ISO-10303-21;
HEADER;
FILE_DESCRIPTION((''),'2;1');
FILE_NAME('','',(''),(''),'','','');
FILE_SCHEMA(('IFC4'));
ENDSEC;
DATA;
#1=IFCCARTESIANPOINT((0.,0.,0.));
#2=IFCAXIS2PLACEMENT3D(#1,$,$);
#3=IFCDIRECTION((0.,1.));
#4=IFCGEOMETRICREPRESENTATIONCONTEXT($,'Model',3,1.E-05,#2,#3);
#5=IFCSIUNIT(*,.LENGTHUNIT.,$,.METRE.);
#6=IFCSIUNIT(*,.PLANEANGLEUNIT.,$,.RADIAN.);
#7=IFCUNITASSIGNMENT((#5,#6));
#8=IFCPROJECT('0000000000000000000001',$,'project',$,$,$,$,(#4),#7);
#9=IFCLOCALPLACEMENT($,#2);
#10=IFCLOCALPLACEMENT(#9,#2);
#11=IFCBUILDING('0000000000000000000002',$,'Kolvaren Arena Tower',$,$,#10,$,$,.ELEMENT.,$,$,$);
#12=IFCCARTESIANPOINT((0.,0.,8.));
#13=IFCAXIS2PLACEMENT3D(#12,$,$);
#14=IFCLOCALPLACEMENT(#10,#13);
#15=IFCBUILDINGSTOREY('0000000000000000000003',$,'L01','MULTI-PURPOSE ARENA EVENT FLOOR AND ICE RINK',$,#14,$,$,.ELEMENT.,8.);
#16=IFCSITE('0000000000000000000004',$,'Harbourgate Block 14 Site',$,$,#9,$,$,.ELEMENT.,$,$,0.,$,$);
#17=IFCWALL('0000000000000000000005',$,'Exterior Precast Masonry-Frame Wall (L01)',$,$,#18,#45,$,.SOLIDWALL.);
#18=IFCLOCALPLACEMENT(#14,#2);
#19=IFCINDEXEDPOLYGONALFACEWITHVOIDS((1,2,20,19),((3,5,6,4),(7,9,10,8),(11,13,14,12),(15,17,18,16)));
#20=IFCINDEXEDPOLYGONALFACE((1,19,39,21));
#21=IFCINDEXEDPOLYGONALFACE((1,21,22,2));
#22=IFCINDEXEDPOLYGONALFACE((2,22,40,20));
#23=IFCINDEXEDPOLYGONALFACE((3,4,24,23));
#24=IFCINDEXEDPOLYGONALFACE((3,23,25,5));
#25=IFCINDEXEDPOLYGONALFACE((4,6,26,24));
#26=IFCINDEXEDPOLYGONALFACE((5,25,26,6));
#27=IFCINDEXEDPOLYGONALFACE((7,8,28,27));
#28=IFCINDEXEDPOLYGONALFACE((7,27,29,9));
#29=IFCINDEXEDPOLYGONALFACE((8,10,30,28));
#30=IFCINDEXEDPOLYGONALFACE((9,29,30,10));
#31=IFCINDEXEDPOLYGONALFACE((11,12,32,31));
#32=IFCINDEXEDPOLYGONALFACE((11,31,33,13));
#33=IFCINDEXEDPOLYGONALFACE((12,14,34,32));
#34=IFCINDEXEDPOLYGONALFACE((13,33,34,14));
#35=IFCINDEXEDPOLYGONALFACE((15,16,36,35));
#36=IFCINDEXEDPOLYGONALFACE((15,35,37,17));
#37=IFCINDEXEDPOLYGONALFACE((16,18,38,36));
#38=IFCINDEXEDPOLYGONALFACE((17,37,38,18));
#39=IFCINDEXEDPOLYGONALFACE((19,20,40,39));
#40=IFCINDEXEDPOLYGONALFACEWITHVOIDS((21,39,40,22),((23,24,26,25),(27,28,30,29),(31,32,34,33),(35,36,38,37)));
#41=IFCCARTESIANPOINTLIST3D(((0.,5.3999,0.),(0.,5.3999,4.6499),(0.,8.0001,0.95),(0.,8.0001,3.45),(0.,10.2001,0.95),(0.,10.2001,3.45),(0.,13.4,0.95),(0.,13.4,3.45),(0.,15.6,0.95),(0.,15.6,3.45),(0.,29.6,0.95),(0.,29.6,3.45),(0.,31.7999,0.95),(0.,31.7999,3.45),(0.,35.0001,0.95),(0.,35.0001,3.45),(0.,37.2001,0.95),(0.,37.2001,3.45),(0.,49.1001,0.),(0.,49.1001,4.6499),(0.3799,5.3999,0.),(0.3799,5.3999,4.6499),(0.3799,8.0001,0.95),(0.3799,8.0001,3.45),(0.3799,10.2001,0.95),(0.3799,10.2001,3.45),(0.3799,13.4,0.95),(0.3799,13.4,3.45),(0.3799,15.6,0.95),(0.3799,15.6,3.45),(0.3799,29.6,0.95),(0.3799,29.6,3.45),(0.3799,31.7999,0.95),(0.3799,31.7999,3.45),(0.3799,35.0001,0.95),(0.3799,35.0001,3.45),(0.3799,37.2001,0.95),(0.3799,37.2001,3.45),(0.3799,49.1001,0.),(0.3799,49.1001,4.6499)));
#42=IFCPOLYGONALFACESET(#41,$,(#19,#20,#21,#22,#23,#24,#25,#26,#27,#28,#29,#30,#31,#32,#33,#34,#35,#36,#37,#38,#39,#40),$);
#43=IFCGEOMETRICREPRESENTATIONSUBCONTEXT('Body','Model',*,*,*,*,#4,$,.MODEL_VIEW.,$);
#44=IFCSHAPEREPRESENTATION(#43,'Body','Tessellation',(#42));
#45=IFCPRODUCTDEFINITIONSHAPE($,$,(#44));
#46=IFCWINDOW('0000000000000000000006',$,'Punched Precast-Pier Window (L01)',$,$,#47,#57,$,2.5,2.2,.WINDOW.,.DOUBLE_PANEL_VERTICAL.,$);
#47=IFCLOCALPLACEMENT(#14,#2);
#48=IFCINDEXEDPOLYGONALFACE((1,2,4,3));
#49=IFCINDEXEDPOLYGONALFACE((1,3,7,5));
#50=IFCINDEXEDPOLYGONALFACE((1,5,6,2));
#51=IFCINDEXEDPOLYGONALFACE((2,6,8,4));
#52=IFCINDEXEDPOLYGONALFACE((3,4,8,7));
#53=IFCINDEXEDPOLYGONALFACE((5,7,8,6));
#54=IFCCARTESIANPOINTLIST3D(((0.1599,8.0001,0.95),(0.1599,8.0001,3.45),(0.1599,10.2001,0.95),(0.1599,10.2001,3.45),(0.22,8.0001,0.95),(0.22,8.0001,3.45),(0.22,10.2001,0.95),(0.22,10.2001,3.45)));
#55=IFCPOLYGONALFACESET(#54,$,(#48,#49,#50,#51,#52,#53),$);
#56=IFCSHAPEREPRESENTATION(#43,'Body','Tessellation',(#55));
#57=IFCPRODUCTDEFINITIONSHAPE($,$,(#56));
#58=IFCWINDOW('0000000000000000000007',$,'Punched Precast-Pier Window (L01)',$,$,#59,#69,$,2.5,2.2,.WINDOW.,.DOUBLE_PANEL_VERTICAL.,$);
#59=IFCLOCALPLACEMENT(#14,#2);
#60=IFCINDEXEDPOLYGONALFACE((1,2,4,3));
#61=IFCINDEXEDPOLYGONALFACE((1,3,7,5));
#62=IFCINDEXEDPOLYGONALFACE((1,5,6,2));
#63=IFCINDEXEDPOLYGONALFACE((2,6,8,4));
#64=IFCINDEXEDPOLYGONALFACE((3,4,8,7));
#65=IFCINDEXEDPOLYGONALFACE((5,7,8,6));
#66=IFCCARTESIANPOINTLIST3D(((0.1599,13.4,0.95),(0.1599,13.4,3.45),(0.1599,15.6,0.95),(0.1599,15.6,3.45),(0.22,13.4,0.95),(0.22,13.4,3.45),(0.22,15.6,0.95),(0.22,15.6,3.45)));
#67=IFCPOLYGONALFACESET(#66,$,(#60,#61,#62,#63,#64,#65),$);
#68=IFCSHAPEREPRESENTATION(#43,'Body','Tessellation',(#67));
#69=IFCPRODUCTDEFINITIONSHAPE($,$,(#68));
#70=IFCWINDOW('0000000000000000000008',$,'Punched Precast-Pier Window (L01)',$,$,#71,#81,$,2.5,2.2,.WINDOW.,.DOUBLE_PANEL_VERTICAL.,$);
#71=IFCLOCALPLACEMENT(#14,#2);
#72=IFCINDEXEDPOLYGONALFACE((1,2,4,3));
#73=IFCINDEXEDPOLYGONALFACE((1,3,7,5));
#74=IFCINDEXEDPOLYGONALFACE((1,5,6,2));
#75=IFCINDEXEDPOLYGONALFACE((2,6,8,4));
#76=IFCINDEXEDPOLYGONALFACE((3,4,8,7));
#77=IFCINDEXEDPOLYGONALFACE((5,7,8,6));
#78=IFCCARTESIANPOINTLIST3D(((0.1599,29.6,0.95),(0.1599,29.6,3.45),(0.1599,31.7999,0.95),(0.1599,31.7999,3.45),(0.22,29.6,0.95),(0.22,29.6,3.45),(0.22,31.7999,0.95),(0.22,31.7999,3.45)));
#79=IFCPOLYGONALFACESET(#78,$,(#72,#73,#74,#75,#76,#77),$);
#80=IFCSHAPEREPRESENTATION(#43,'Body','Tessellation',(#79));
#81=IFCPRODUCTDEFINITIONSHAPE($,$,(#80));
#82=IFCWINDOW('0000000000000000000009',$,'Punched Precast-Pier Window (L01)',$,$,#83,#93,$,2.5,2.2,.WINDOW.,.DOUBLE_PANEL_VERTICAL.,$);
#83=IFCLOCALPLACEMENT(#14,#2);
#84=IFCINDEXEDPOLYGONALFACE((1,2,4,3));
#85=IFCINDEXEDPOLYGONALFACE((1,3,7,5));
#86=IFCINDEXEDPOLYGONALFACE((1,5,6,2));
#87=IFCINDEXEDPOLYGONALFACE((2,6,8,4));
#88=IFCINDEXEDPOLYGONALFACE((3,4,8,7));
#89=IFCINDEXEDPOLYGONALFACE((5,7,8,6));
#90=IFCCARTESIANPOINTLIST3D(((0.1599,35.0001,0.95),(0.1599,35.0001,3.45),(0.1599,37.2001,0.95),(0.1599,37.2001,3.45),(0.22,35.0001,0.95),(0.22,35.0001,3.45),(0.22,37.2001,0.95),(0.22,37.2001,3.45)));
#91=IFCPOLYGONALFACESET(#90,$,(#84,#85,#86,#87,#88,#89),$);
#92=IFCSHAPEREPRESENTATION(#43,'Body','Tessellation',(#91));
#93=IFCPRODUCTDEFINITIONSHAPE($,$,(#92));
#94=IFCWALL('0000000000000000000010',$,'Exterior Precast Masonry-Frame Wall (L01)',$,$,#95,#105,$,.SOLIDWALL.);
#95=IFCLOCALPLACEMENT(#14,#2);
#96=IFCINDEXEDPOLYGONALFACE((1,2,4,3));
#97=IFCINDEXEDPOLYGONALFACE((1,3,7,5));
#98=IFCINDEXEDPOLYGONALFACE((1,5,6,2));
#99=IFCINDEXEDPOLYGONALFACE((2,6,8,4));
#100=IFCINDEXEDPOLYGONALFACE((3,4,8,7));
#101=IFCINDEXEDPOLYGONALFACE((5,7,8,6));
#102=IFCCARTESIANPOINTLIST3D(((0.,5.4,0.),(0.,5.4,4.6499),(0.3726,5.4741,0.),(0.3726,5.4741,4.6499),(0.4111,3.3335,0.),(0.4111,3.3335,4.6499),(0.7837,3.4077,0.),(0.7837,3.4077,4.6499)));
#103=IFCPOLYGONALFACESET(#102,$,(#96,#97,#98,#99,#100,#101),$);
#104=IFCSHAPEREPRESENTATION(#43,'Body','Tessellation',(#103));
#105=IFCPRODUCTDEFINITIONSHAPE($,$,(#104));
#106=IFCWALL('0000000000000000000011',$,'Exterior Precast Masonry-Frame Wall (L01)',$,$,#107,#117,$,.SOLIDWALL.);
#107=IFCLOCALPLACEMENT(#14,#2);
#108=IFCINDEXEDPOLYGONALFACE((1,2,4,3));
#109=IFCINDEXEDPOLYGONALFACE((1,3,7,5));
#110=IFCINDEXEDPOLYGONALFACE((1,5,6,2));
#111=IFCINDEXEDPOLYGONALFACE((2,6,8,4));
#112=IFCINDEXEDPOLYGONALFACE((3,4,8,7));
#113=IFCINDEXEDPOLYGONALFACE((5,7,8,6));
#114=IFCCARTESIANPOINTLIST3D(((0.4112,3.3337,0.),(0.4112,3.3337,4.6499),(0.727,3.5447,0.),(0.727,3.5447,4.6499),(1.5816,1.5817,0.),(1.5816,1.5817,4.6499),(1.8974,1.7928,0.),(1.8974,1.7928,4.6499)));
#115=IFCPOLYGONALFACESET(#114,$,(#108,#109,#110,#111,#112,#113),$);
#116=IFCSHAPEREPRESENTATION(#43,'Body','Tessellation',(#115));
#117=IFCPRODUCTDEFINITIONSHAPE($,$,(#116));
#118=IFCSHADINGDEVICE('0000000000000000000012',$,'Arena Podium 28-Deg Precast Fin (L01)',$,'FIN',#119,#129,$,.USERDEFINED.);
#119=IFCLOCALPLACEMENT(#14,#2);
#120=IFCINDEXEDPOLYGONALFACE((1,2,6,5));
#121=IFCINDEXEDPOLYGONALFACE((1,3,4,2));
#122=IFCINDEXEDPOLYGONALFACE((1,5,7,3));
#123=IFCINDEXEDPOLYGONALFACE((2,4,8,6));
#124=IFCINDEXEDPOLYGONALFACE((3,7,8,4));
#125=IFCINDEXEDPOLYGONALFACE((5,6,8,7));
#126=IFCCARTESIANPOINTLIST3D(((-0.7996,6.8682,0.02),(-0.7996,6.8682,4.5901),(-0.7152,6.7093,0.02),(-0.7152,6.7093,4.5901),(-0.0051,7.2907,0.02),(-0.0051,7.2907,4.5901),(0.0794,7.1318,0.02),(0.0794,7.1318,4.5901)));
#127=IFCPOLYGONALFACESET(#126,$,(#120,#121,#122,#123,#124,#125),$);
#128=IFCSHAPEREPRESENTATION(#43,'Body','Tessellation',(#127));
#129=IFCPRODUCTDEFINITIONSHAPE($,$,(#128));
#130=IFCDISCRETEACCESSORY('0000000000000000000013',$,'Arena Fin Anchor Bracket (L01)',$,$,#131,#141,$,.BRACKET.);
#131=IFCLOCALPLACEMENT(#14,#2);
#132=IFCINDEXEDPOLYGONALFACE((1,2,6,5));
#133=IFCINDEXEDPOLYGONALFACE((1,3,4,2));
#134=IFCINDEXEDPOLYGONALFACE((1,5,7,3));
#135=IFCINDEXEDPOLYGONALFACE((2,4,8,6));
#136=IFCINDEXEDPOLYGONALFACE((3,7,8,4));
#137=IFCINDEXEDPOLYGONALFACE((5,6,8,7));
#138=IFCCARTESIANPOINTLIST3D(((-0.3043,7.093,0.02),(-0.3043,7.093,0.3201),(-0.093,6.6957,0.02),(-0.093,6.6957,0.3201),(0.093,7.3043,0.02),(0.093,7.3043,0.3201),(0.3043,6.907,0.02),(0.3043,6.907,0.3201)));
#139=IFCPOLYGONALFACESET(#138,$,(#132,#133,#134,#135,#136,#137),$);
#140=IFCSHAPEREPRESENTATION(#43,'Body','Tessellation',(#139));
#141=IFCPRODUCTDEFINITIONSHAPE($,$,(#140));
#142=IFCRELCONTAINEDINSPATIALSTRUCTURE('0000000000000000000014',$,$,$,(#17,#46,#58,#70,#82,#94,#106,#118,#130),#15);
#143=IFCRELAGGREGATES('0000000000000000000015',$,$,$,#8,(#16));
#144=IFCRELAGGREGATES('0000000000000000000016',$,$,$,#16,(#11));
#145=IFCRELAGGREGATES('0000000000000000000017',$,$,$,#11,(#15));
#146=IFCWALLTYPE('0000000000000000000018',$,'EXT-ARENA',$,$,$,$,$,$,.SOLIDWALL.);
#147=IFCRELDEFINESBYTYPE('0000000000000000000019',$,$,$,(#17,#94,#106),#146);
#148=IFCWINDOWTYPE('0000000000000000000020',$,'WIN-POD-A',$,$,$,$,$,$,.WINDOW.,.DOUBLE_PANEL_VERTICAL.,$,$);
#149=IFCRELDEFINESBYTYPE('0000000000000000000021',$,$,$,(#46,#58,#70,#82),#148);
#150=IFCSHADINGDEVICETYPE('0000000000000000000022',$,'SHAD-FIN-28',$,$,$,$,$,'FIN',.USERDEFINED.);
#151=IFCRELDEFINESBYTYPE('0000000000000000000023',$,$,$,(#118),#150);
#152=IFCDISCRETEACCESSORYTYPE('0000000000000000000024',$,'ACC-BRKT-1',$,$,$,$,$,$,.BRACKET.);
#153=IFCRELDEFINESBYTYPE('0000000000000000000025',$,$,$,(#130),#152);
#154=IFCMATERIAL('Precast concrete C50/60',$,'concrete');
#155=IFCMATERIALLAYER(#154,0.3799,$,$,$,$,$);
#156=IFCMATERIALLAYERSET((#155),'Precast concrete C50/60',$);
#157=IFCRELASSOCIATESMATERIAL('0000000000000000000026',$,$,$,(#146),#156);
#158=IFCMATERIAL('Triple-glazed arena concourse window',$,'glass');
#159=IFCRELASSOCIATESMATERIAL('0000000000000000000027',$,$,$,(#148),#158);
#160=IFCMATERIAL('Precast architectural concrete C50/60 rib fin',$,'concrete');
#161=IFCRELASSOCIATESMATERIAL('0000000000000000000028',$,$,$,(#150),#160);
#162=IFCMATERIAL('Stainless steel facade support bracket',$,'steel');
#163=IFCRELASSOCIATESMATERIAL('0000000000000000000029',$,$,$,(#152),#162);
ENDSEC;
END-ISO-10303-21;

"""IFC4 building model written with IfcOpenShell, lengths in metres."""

from ifc_helpers import new_model, si_unit, direction, frame, frame_2d, origin, origin_2d, place, context, subcontext, project, spatial, rectangle, extrude, material, layer, layer_set, type_object, element, fill, save


model = new_model("IFC4")

# Units and contexts
model_context = context("Model", 3, precision=1e-05, world=origin(), true_north=direction((0.0, 1.0)))
body_context = subcontext(model_context, "Body", "Model", "MODEL_VIEW")
ifc_project = project(units=[si_unit("LENGTHUNIT", "METRE"), si_unit("PLANEANGLEUNIT", "RADIAN")], contexts=[model_context])

# Site, building, storey
site_placement = place(None, origin())
site = spatial("IfcSite", under=ifc_project, at=site_placement, Name="Harbourgate Block 14 Site", CompositionType="ELEMENT", RefElevation=0.0)
building_placement = place(site_placement, origin())
building = spatial("IfcBuilding", under=site, at=building_placement, Name="Kolvaren Arena Tower", CompositionType="ELEMENT")
storey_placement = place(building_placement, frame((0.0, 0.0, 8.0)))
storey = spatial("IfcBuildingStorey", under=building, at=storey_placement, Name="L01", Description="MULTI-PURPOSE ARENA EVENT FLOOR AND ICE RINK", CompositionType="ELEMENT", Elevation=8.0)

# Wall, openings, windows
ifc_material_1 = material(Name="Precast concrete C50/60", Category="concrete")
ifc_layer_1 = layer(ifc_material_1, 0.3799)
ifc_layer_set_1 = layer_set([ifc_layer_1], Name="Precast concrete C50/60")
wall_type_1 = type_object("IfcWallType", Name="EXT-ARENA", PredefinedType="SOLIDWALL", material=ifc_layer_set_1)
wall_1_placement = place(storey_placement, frame((0.1899, 5.3999, 0.0), z_axis=(0.0, 0.0, 1.0), x_axis=(0.0, 1.0, 0.0)))
wall_1 = element("IfcWall", 1, at=wall_1_placement, inside=storey, type_object=wall_type_1, Name="Exterior Precast Masonry-Frame Wall (L01)", PredefinedType="SOLIDWALL", context=body_context, shape_type="SweptSolid", body=[
    extrude(rectangle(XDim=43.7002, YDim=0.3799, at=frame_2d((21.8501, 0.0))), origin(), (0.0, 0.0, 1.0), 4.6499),
])
opening_1_placement = place(wall_1_placement, frame((2.6001, 0.0, 0.95)))
opening_1 = element("IfcOpeningElement", 2, at=opening_1_placement, cuts=wall_1, PredefinedType="OPENING", context=body_context, shape_type="SweptSolid", body=[
    extrude(rectangle(XDim=2.2, YDim=2.5, at=frame_2d((1.1001, 1.25))), frame((0.0, 0.2, 0.0), z_axis=(0.0, -1.0, 0.0), x_axis=(1.0, 0.0, 0.0)), (0.0, 0.0, 1.0), 0.3999),
])
opening_2_placement = place(wall_1_placement, frame((8.0, 0.0, 0.95)))
opening_2 = element("IfcOpeningElement", 3, at=opening_2_placement, cuts=wall_1, PredefinedType="OPENING", context=body_context, shape_type="SweptSolid", body=[
    extrude(rectangle(XDim=2.2, YDim=2.5, at=frame_2d((1.1001, 1.25))), frame((0.0, 0.2, 0.0), z_axis=(0.0, -1.0, 0.0), x_axis=(1.0, 0.0, 0.0)), (0.0, 0.0, 1.0), 0.3999),
])
opening_3_placement = place(wall_1_placement, frame((24.2, 0.0, 0.95)))
opening_3 = element("IfcOpeningElement", 4, at=opening_3_placement, cuts=wall_1, PredefinedType="OPENING", context=body_context, shape_type="SweptSolid", body=[
    extrude(rectangle(XDim=2.2, YDim=2.5, at=frame_2d((1.1001, 1.25))), frame((0.0, 0.2, 0.0), z_axis=(0.0, -1.0, 0.0), x_axis=(1.0, 0.0, 0.0)), (0.0, 0.0, 1.0), 0.3999),
])
opening_4_placement = place(wall_1_placement, frame((29.6001, 0.0, 0.95)))
opening_4 = element("IfcOpeningElement", 5, at=opening_4_placement, cuts=wall_1, PredefinedType="OPENING", context=body_context, shape_type="SweptSolid", body=[
    extrude(rectangle(XDim=2.2, YDim=2.5, at=frame_2d((1.1001, 1.25))), frame((0.0, 0.2, 0.0), z_axis=(0.0, -1.0, 0.0), x_axis=(1.0, 0.0, 0.0)), (0.0, 0.0, 1.0), 0.3999),
])
ifc_material_2 = material(Name="Triple-glazed arena concourse window", Category="glass")
window_type = type_object("IfcWindowType", Name="WIN-POD-A", PartitioningType="DOUBLE_PANEL_VERTICAL", PredefinedType="WINDOW", material=ifc_material_2)
window_1_placement = place(opening_1_placement, origin())
window_1 = element("IfcWindow", 6, at=window_1_placement, inside=storey, type_object=window_type, Name="Punched Precast-Pier Window (L01)", OverallHeight=2.5, OverallWidth=2.2, PartitioningType="DOUBLE_PANEL_VERTICAL", PredefinedType="WINDOW", context=body_context, shape_type="SweptSolid", body=[
    extrude(rectangle(XDim=2.2, YDim=2.5, at=frame_2d((1.1001, 1.25))), frame((0.0, 0.03, 0.0), z_axis=(0.0, -1.0, 0.0), x_axis=(1.0, 0.0, 0.0)), (0.0, 0.0, 1.0), 0.0601),
])
fill(opening_1, window_1)
window_2_placement = place(opening_2_placement, origin())
window_2 = element("IfcWindow", 7, at=window_2_placement, inside=storey, type_object=window_type, Name="Punched Precast-Pier Window (L01)", OverallHeight=2.5, OverallWidth=2.2, PartitioningType="DOUBLE_PANEL_VERTICAL", PredefinedType="WINDOW", context=body_context, shape_type="SweptSolid", body=[
    extrude(rectangle(XDim=2.2, YDim=2.5, at=frame_2d((1.1001, 1.25))), frame((0.0, 0.03, 0.0), z_axis=(0.0, -1.0, 0.0), x_axis=(1.0, 0.0, 0.0)), (0.0, 0.0, 1.0), 0.0601),
])
fill(opening_2, window_2)
window_3_placement = place(opening_3_placement, origin())
window_3 = element("IfcWindow", 8, at=window_3_placement, inside=storey, type_object=window_type, Name="Punched Precast-Pier Window (L01)", OverallHeight=2.5, OverallWidth=2.2, PartitioningType="DOUBLE_PANEL_VERTICAL", PredefinedType="WINDOW", context=body_context, shape_type="SweptSolid", body=[
    extrude(rectangle(XDim=2.2, YDim=2.5, at=frame_2d((1.1001, 1.25))), frame((0.0, 0.03, 0.0), z_axis=(0.0, -1.0, 0.0), x_axis=(1.0, 0.0, 0.0)), (0.0, 0.0, 1.0), 0.0601),
])
fill(opening_3, window_3)
window_4_placement = place(opening_4_placement, origin())
window_4 = element("IfcWindow", 9, at=window_4_placement, inside=storey, type_object=window_type, Name="Punched Precast-Pier Window (L01)", OverallHeight=2.5, OverallWidth=2.2, PartitioningType="DOUBLE_PANEL_VERTICAL", PredefinedType="WINDOW", context=body_context, shape_type="SweptSolid", body=[
    extrude(rectangle(XDim=2.2, YDim=2.5, at=frame_2d((1.1001, 1.25))), frame((0.0, 0.03, 0.0), z_axis=(0.0, -1.0, 0.0), x_axis=(1.0, 0.0, 0.0)), (0.0, 0.0, 1.0), 0.0601),
])
fill(opening_4, window_4)

# Walls
for number, where, z_axis, x_axis, name in (
    (10, (0.5974, 3.3706, 0.0), (0.0, 0.0, 1.0), (-0.195136, 0.980776, 0.0), "Exterior Precast Masonry-Frame Wall (L01)"),
    (11, (1.7395, 1.6873, 0.0), (0.0, 0.0, 1.0), (-0.555502, 0.831515, 0.0), "Exterior Precast Masonry-Frame Wall (L01)"),
):
    element("IfcWall", number, at=place(storey_placement, frame(where, z_axis=z_axis, x_axis=x_axis)), inside=storey, type_object=wall_type_1, Name=name, PredefinedType="SOLIDWALL", context=body_context, shape_type="SweptSolid", body=[
        extrude(rectangle(XDim=2.1069, YDim=0.3799, at=frame_2d((1.0535, 0.0))), origin(), (0.0, 0.0, 1.0), 4.6499),
    ])

# Shading device
ifc_material_3 = material(Name="Precast architectural concrete C50/60 rib fin", Category="concrete")
shading_device_type = type_object("IfcShadingDeviceType", Name="SHAD-FIN-28", ElementType="FIN", PredefinedType="USERDEFINED", material=ifc_material_3)
shading_device_placement = place(storey_placement, frame((-0.3601, 7.0, 0.02), z_axis=(0.0, 0.0, 1.0), x_axis=(-0.882948, -0.469472, 0.0)))
element("IfcShadingDevice", 12, at=shading_device_placement, inside=storey, type_object=shading_device_type, Name="Arena Podium 28-Deg Precast Fin (L01)", ObjectType="FIN", PredefinedType="USERDEFINED", context=body_context, shape_type="SweptSolid", body=[
    extrude(rectangle(XDim=0.8999, YDim=0.1799, at=origin_2d()), origin(), (0.0, 0.0, 1.0), 4.5701),
])

# Discrete accessory
ifc_material_4 = material(Name="Stainless steel facade support bracket", Category="steel")
discrete_accessory_type = type_object("IfcDiscreteAccessoryType", Name="ACC-BRKT-1", PredefinedType="BRACKET", material=ifc_material_4)
discrete_accessory_placement = place(storey_placement, frame((0.0, 7.0, 0.02), z_axis=(0.0, 0.0, 1.0), x_axis=(-0.882948, -0.469472, 0.0)))
element("IfcDiscreteAccessory", 13, at=discrete_accessory_placement, inside=storey, type_object=discrete_accessory_type, Name="Arena Fin Anchor Bracket (L01)", PredefinedType="BRACKET", context=body_context, shape_type="SweptSolid", body=[
    extrude(rectangle(XDim=0.45, YDim=0.45, at=origin_2d()), origin(), (0.0, 0.0, 1.0), 0.3),
])

save(model, "model.ifc")
